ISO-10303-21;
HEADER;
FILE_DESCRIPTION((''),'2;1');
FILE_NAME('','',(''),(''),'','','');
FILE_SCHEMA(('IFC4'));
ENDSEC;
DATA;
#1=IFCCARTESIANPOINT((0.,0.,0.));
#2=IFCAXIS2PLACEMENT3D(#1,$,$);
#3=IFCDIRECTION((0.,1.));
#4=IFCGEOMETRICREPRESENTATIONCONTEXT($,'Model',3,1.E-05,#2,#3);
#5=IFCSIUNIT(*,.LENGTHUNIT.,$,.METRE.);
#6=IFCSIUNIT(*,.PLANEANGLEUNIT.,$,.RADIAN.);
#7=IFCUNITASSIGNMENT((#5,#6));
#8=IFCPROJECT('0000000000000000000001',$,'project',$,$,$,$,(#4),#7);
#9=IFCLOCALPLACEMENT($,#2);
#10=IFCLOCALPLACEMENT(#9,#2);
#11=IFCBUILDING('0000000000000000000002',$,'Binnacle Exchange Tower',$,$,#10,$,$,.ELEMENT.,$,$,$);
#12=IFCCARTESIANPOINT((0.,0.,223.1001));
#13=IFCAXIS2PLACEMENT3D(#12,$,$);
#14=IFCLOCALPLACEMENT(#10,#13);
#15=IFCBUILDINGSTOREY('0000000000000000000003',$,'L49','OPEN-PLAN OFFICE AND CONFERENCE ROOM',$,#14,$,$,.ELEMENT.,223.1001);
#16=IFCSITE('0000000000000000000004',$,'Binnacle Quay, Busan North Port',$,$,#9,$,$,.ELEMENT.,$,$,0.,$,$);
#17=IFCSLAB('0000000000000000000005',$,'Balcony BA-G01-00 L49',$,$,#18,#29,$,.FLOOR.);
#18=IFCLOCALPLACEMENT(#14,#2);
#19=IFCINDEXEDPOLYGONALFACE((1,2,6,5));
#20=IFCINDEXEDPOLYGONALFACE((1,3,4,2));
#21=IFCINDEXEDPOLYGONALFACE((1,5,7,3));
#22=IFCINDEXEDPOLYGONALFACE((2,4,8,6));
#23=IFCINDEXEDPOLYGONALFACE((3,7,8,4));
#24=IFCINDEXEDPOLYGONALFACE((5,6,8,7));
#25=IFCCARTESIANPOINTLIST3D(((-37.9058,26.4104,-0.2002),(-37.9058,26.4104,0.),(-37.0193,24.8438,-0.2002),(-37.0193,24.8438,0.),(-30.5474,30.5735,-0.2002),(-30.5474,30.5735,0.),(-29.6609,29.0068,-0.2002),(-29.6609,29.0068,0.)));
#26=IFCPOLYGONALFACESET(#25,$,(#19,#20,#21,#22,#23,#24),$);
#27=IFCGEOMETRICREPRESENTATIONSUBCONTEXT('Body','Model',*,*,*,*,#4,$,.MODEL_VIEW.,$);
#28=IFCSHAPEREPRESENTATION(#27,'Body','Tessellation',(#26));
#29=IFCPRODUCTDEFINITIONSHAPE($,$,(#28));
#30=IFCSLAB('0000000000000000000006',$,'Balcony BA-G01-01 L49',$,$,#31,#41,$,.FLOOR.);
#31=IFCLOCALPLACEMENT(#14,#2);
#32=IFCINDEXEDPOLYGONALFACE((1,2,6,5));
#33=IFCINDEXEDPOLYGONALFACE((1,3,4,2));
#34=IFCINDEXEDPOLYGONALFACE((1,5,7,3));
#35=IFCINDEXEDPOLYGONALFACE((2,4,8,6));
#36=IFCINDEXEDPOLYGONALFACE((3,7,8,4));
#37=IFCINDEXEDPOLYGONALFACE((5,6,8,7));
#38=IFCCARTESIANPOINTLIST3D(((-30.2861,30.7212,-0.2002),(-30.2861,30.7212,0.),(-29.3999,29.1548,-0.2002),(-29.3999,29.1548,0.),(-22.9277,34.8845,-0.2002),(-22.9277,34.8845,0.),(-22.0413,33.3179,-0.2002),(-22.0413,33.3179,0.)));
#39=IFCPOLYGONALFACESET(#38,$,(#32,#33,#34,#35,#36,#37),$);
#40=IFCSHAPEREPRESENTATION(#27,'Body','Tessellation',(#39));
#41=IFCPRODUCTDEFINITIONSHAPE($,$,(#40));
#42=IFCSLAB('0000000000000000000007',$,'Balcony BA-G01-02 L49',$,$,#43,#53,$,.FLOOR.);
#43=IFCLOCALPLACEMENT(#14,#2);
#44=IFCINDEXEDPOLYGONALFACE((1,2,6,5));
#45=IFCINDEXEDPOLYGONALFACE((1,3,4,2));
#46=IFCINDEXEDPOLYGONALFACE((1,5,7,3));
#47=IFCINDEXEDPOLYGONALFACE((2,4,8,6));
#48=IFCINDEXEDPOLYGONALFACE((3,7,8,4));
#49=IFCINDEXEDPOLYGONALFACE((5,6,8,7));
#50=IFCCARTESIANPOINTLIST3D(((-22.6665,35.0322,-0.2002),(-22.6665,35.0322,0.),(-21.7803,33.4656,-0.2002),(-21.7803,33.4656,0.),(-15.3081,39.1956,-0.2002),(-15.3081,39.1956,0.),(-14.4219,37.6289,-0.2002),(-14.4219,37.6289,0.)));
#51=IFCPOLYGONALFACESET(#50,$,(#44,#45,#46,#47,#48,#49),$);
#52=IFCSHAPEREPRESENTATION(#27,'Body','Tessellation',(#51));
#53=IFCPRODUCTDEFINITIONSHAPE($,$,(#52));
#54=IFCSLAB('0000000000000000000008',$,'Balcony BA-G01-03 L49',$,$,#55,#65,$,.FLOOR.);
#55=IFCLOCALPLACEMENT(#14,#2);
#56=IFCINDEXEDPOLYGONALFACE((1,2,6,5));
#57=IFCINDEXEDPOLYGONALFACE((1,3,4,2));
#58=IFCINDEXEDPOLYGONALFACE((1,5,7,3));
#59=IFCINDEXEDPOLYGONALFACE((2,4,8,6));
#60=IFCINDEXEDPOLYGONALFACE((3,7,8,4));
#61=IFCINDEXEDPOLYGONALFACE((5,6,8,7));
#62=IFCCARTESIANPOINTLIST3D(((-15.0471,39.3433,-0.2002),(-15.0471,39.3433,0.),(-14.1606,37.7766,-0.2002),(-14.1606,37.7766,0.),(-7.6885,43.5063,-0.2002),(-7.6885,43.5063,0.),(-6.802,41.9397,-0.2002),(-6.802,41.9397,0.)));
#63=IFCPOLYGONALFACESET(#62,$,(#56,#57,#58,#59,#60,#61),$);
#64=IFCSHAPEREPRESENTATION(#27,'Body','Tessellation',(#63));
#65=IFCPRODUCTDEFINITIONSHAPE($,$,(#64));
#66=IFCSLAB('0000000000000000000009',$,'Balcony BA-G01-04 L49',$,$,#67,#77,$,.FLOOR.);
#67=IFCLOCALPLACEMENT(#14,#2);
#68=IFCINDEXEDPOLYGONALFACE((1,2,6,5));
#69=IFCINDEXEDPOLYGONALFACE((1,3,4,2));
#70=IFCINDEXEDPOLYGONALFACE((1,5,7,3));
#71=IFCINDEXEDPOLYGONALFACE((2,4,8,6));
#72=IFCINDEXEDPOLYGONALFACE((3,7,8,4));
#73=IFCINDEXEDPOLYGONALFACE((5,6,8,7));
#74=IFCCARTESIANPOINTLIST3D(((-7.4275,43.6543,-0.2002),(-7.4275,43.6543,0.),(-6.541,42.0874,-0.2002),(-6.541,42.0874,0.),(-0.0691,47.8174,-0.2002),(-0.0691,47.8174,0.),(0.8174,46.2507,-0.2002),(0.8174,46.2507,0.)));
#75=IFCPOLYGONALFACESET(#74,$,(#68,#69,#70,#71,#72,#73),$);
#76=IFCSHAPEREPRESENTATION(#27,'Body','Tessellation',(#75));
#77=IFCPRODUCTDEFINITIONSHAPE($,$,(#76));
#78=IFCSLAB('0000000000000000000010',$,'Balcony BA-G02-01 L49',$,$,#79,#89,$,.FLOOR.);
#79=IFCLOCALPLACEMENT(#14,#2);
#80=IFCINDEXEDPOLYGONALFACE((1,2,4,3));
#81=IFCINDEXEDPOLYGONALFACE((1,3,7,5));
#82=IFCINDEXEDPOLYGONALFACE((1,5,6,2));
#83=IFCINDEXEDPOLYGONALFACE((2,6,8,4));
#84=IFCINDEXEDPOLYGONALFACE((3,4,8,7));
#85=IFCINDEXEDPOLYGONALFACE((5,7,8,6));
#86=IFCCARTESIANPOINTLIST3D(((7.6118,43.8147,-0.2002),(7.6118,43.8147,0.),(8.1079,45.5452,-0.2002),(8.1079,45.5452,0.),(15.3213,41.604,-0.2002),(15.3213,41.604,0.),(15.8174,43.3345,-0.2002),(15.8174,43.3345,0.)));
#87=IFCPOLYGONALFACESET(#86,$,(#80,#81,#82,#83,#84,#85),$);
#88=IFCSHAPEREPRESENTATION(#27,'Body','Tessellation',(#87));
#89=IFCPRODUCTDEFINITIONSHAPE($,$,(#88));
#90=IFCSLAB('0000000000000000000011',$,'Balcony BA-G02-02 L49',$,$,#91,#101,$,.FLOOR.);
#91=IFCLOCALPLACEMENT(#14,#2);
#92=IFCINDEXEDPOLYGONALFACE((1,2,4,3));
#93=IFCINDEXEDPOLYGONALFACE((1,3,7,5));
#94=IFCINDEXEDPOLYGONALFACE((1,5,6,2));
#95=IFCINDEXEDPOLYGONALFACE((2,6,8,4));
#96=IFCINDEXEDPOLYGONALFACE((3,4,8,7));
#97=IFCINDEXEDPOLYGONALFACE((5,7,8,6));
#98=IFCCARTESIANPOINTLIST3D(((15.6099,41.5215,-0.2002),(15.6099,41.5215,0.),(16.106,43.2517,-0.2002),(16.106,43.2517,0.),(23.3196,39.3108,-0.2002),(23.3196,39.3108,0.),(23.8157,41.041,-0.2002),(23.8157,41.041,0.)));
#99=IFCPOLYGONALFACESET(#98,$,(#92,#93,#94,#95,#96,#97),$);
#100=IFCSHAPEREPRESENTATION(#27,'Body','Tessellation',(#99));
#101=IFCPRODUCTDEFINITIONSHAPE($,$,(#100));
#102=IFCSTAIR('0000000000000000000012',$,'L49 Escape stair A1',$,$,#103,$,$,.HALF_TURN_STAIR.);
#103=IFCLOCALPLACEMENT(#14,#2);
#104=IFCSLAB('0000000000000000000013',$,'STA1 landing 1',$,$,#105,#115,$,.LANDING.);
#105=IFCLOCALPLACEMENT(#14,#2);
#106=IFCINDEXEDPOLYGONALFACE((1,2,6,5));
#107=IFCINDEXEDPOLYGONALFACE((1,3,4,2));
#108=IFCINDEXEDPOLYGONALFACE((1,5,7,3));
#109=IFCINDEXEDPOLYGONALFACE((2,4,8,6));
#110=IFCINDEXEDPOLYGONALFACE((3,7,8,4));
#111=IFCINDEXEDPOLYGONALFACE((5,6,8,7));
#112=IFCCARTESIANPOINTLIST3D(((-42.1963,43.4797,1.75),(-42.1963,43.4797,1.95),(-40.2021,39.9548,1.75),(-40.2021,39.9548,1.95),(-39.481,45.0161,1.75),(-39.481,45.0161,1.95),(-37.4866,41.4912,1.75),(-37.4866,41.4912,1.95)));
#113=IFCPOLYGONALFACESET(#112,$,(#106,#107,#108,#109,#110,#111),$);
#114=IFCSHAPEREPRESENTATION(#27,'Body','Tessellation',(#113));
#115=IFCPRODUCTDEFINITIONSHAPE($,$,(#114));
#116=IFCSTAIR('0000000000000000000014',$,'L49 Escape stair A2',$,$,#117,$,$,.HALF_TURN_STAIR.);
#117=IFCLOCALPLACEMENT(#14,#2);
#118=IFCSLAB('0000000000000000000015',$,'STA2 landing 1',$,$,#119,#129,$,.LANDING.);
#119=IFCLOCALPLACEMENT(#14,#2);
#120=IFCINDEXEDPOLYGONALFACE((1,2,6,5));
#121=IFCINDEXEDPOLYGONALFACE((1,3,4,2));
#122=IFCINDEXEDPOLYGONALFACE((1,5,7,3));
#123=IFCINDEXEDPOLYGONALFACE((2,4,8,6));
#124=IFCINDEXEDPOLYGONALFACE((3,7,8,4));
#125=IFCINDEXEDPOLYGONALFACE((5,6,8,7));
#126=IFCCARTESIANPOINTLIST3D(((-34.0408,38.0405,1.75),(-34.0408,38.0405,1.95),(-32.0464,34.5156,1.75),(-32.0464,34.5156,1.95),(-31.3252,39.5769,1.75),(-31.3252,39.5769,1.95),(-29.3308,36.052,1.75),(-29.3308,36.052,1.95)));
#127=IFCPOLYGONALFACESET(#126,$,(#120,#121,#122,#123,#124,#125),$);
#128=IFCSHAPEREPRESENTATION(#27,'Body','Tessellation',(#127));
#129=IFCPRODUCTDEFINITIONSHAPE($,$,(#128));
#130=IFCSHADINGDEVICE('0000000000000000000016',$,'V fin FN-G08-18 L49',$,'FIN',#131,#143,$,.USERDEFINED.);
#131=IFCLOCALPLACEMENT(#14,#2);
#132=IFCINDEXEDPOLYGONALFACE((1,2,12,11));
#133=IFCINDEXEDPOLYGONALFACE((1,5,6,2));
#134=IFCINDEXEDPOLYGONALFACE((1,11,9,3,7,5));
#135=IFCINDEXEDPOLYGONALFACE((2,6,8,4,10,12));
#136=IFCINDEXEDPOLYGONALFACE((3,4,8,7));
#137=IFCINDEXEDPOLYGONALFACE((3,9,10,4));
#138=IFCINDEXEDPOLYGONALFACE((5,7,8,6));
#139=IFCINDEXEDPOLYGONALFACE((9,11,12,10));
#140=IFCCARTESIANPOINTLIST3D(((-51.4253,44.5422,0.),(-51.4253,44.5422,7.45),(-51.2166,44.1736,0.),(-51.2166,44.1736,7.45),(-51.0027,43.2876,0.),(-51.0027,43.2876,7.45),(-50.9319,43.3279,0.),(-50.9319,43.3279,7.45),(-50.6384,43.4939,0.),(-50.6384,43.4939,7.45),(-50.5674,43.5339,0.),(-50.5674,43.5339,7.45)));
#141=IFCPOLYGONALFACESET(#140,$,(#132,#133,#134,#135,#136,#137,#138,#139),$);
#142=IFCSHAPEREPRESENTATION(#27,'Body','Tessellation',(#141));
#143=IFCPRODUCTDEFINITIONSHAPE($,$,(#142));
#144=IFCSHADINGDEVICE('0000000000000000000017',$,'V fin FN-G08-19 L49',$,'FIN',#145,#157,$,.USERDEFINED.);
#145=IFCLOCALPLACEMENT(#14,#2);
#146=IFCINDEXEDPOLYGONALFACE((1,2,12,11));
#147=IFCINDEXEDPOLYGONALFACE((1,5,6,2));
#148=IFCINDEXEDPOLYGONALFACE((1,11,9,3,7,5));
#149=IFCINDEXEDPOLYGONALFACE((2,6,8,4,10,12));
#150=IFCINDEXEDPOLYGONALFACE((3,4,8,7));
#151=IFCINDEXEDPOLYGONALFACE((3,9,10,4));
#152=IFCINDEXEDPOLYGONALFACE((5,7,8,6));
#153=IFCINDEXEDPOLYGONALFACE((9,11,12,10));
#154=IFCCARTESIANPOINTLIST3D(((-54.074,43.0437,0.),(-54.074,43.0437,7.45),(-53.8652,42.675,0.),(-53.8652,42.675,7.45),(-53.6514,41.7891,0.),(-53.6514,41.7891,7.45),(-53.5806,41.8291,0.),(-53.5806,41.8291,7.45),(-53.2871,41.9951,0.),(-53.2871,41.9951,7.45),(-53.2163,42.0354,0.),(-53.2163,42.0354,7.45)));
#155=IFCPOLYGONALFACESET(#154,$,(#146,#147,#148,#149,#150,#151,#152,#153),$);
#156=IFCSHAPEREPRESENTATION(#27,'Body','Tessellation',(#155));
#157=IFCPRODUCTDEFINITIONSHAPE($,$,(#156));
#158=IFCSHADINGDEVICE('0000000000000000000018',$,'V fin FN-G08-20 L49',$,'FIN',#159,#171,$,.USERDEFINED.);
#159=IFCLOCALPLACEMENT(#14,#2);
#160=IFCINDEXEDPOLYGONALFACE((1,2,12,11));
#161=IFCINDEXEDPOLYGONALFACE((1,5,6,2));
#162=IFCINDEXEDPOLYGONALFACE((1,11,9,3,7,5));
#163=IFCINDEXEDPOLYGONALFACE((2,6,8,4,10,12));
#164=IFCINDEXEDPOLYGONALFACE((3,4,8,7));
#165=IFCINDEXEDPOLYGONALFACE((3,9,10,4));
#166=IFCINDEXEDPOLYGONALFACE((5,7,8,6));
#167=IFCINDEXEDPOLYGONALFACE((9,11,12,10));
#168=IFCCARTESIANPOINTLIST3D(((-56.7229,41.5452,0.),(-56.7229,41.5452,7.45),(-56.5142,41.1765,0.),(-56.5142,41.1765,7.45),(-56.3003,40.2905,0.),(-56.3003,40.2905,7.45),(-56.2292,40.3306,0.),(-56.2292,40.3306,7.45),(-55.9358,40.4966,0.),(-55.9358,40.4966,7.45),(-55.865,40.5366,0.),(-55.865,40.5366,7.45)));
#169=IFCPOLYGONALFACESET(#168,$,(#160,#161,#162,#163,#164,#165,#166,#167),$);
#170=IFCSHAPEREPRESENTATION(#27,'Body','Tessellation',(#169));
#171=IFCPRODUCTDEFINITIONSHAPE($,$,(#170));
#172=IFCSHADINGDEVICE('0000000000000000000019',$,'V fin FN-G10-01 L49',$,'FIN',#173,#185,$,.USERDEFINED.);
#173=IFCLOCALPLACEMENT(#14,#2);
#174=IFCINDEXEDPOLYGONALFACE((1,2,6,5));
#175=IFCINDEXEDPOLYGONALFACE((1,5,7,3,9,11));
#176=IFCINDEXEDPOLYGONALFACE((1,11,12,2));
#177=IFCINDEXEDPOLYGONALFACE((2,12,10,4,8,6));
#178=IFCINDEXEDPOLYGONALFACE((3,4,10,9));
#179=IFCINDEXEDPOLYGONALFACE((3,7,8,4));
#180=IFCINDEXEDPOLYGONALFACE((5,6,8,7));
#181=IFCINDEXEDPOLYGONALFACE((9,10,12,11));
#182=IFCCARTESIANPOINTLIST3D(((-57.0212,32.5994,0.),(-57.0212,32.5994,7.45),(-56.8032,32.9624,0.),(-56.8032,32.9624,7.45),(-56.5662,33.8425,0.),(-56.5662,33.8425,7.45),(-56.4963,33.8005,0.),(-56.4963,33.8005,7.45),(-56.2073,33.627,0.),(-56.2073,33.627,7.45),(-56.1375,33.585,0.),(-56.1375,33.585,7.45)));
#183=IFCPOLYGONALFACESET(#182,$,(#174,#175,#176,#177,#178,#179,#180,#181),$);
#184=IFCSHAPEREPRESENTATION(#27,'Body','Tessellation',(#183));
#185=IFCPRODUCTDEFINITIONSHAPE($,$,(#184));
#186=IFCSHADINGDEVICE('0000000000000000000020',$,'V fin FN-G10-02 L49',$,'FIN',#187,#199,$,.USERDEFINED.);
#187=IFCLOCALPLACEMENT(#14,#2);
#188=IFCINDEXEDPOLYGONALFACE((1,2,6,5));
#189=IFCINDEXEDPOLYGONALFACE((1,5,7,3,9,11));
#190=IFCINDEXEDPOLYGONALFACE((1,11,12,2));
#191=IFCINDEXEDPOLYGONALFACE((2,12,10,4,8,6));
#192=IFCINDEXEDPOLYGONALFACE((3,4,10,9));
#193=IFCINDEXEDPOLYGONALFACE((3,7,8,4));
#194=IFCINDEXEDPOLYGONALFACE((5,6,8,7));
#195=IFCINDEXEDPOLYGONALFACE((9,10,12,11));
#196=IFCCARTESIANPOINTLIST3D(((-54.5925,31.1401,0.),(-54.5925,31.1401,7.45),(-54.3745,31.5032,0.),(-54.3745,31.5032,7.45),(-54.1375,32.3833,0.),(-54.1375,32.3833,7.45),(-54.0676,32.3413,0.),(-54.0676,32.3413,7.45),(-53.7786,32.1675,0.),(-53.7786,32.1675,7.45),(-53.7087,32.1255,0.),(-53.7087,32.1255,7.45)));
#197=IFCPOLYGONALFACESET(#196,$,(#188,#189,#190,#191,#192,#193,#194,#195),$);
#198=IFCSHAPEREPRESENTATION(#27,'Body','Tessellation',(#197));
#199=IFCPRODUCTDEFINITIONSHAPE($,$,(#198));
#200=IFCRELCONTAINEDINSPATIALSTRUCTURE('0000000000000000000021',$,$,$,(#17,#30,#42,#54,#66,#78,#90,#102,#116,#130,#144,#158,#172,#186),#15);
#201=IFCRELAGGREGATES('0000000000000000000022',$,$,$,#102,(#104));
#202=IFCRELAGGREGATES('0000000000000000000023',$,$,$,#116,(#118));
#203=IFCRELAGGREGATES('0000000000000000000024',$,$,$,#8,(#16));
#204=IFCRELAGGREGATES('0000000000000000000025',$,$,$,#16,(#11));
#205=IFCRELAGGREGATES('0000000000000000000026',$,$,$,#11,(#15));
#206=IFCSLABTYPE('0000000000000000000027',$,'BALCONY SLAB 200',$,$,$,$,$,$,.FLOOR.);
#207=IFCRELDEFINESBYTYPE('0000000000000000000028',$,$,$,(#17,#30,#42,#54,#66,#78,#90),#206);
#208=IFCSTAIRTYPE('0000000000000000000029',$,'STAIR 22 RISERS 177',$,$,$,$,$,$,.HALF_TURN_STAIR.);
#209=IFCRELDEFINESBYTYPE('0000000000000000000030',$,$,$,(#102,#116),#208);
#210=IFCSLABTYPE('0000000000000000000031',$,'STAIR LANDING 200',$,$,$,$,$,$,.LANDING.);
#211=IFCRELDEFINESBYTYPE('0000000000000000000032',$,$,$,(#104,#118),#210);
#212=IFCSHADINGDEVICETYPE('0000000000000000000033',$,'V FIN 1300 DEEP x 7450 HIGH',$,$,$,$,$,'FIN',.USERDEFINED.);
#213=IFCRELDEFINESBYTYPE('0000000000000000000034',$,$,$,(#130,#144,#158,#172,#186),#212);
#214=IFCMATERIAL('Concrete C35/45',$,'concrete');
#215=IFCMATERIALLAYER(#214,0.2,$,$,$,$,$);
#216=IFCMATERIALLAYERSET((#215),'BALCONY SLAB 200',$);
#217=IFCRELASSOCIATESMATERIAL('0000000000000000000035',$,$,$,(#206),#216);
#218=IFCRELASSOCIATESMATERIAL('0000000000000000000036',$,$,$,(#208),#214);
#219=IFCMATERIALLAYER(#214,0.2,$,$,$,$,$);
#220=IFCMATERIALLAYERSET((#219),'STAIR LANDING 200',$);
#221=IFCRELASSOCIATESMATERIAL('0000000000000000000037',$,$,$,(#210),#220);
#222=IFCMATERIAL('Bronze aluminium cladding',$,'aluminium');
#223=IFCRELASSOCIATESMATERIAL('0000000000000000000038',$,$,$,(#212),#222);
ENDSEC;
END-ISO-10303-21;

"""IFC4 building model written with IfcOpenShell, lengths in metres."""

from ifc_helpers import new_model, si_unit, direction, frame, origin, place, context, subcontext, project, spatial, polyline, outline, extrude, material, layer, layer_set, type_object, element, aggregate, save


model = new_model("IFC4")

# Units and contexts
model_context = context("Model", 3, precision=1e-05, world=origin(), true_north=direction((0.0, 1.0)))
body_context = subcontext(model_context, "Body", "Model", "MODEL_VIEW")
ifc_project = project(units=[si_unit("LENGTHUNIT", "METRE"), si_unit("PLANEANGLEUNIT", "RADIAN")], contexts=[model_context])

# Site, building, storey
site_placement = place(None, origin())
site = spatial("IfcSite", under=ifc_project, at=site_placement, Name="Binnacle Quay, Busan North Port", CompositionType="ELEMENT", RefElevation=0.0)
building_placement = place(site_placement, origin())
building = spatial("IfcBuilding", under=site, at=building_placement, Name="Binnacle Exchange Tower", CompositionType="ELEMENT")
storey_placement = place(building_placement, frame((0.0, 0.0, 223.1001)))
storey = spatial("IfcBuildingStorey", under=building, at=storey_placement, Name="L49", Description="OPEN-PLAN OFFICE AND CONFERENCE ROOM", CompositionType="ELEMENT", Elevation=223.1001)

# Slabs
ifc_material_1 = material(Name="Concrete C35/45", Category="concrete")
ifc_layer_1 = layer(ifc_material_1, 0.2)
ifc_layer_set_1 = layer_set([ifc_layer_1], Name="BALCONY SLAB 200")
slab_type_1 = type_object("IfcSlabType", Name="BALCONY SLAB 200", PredefinedType="FLOOR", material=ifc_layer_set_1)
slab_1_placement = place(storey_placement, frame((0.0, 0.0, -0.2002)))
element("IfcSlab", 1, at=slab_1_placement, inside=storey, type_object=slab_type_1, Name="Balcony BA-G01-00 L49", PredefinedType="FLOOR", context=body_context, shape_type="SweptSolid", body=[
    extrude(outline(polyline([(-37.9058, 26.4104), (-30.5474, 30.5735), (-29.6609, 29.0068), (-37.0193, 24.8438), (-37.9058, 26.4104)])), origin(), (0.0, 0.0, 1.0), 0.2002),
])
slab_2_placement = place(storey_placement, frame((0.0, 0.0, -0.2002)))
element("IfcSlab", 2, at=slab_2_placement, inside=storey, type_object=slab_type_1, Name="Balcony BA-G01-01 L49", PredefinedType="FLOOR", context=body_context, shape_type="SweptSolid", body=[
    extrude(outline(polyline([(-30.2861, 30.7212), (-22.9277, 34.8845), (-22.0413, 33.3179), (-29.3999, 29.1548), (-30.2861, 30.7212)])), origin(), (0.0, 0.0, 1.0), 0.2002),
])
slab_3_placement = place(storey_placement, frame((0.0, 0.0, -0.2002)))
element("IfcSlab", 3, at=slab_3_placement, inside=storey, type_object=slab_type_1, Name="Balcony BA-G01-02 L49", PredefinedType="FLOOR", context=body_context, shape_type="SweptSolid", body=[
    extrude(outline(polyline([(-22.6665, 35.0322), (-15.3081, 39.1956), (-14.4219, 37.6289), (-21.7803, 33.4656), (-22.6665, 35.0322)])), origin(), (0.0, 0.0, 1.0), 0.2002),
])
slab_4_placement = place(storey_placement, frame((0.0, 0.0, -0.2002)))
element("IfcSlab", 4, at=slab_4_placement, inside=storey, type_object=slab_type_1, Name="Balcony BA-G01-03 L49", PredefinedType="FLOOR", context=body_context, shape_type="SweptSolid", body=[
    extrude(outline(polyline([(-15.0471, 39.3433), (-7.6885, 43.5063), (-6.802, 41.9397), (-14.1606, 37.7766), (-15.0471, 39.3433)])), origin(), (0.0, 0.0, 1.0), 0.2002),
])
slab_5_placement = place(storey_placement, frame((0.0, 0.0, -0.2002)))
element("IfcSlab", 5, at=slab_5_placement, inside=storey, type_object=slab_type_1, Name="Balcony BA-G01-04 L49", PredefinedType="FLOOR", context=body_context, shape_type="SweptSolid", body=[
    extrude(outline(polyline([(-7.4275, 43.6543), (-0.0691, 47.8174), (0.8174, 46.2507), (-6.541, 42.0874), (-7.4275, 43.6543)])), origin(), (0.0, 0.0, 1.0), 0.2002),
])
slab_6_placement = place(storey_placement, frame((0.0, 0.0, -0.2002)))
element("IfcSlab", 6, at=slab_6_placement, inside=storey, type_object=slab_type_1, Name="Balcony BA-G02-01 L49", PredefinedType="FLOOR", context=body_context, shape_type="SweptSolid", body=[
    extrude(outline(polyline([(8.1079, 45.5452), (15.8174, 43.3345), (15.3213, 41.604), (7.6118, 43.8147), (8.1079, 45.5452)])), origin(), (0.0, 0.0, 1.0), 0.2002),
])
slab_7_placement = place(storey_placement, frame((0.0, 0.0, -0.2002)))
element("IfcSlab", 7, at=slab_7_placement, inside=storey, type_object=slab_type_1, Name="Balcony BA-G02-02 L49", PredefinedType="FLOOR", context=body_context, shape_type="SweptSolid", body=[
    extrude(outline(polyline([(16.106, 43.2517), (23.8157, 41.041), (23.3196, 39.3108), (15.6099, 41.5215), (16.106, 43.2517)])), origin(), (0.0, 0.0, 1.0), 0.2002),
])

# Stairs, slabs
stair_type = type_object("IfcStairType", Name="STAIR 22 RISERS 177", PredefinedType="HALF_TURN_STAIR", material=ifc_material_1)
stair_1_placement = place(storey_placement, origin())
stair_1 = element("IfcStair", 8, at=stair_1_placement, inside=storey, type_object=stair_type, Name="L49 Escape stair A1", PredefinedType="HALF_TURN_STAIR")
ifc_layer_2 = layer(ifc_material_1, 0.2)
ifc_layer_set_2 = layer_set([ifc_layer_2], Name="STAIR LANDING 200")
slab_type_2 = type_object("IfcSlabType", Name="STAIR LANDING 200", PredefinedType="LANDING", material=ifc_layer_set_2)
slab_8_placement = place(storey_placement, frame((0.0, 0.0, 1.75)))
slab_8 = element("IfcSlab", 9, at=slab_8_placement, type_object=slab_type_2, Name="STA1 landing 1", PredefinedType="LANDING", context=body_context, shape_type="SweptSolid", body=[
    extrude(outline(polyline([(-40.2021, 39.9548), (-37.4866, 41.4912), (-39.481, 45.0161), (-42.1963, 43.4797), (-40.2021, 39.9548)])), origin(), (0.0, 0.0, 1.0), 0.2),
])
aggregate(stair_1, [slab_8])
stair_2_placement = place(storey_placement, origin())
stair_2 = element("IfcStair", 10, at=stair_2_placement, inside=storey, type_object=stair_type, Name="L49 Escape stair A2", PredefinedType="HALF_TURN_STAIR")
slab_9_placement = place(storey_placement, frame((0.0, 0.0, 1.75)))
slab_9 = element("IfcSlab", 11, at=slab_9_placement, type_object=slab_type_2, Name="STA2 landing 1", PredefinedType="LANDING", context=body_context, shape_type="SweptSolid", body=[
    extrude(outline(polyline([(-31.3252, 39.5769), (-34.0408, 38.0405), (-32.0464, 34.5156), (-29.3308, 36.052), (-31.3252, 39.5769)])), origin(), (0.0, 0.0, 1.0), 0.2),
])
aggregate(stair_2, [slab_9])

# Shading devices
ifc_material_2 = material(Name="Bronze aluminium cladding", Category="aluminium")
shading_device_type = type_object("IfcShadingDeviceType", Name="V FIN 1300 DEEP x 7450 HIGH", ElementType="FIN", PredefinedType="USERDEFINED", material=ifc_material_2)
shading_device_1_placement = place(storey_placement, origin())
element("IfcShadingDevice", 12, at=shading_device_1_placement, inside=storey, type_object=shading_device_type, Name="V fin FN-G08-18 L49", ObjectType="FIN", PredefinedType="USERDEFINED", context=body_context, shape_type="SweptSolid", body=[
    extrude(outline(polyline([(-50.5674, 43.5339), (-51.4253, 44.5422), (-51.0027, 43.2876), (-50.9319, 43.3279), (-51.2166, 44.1736), (-50.6384, 43.4939), (-50.5674, 43.5339)])), origin(), (0.0, 0.0, 1.0), 7.45),
])
shading_device_2_placement = place(storey_placement, origin())
element("IfcShadingDevice", 13, at=shading_device_2_placement, inside=storey, type_object=shading_device_type, Name="V fin FN-G08-19 L49", ObjectType="FIN", PredefinedType="USERDEFINED", context=body_context, shape_type="SweptSolid", body=[
    extrude(outline(polyline([(-53.2163, 42.0354), (-54.074, 43.0437), (-53.6514, 41.7891), (-53.5806, 41.8291), (-53.8652, 42.675), (-53.2871, 41.9951), (-53.2163, 42.0354)])), origin(), (0.0, 0.0, 1.0), 7.45),
])
shading_device_3_placement = place(storey_placement, origin())
element("IfcShadingDevice", 14, at=shading_device_3_placement, inside=storey, type_object=shading_device_type, Name="V fin FN-G08-20 L49", ObjectType="FIN", PredefinedType="USERDEFINED", context=body_context, shape_type="SweptSolid", body=[
    extrude(outline(polyline([(-55.865, 40.5366), (-56.7229, 41.5452), (-56.3003, 40.2905), (-56.2292, 40.3306), (-56.5142, 41.1765), (-55.9358, 40.4966), (-55.865, 40.5366)])), origin(), (0.0, 0.0, 1.0), 7.45),
])
shading_device_4_placement = place(storey_placement, origin())
element("IfcShadingDevice", 15, at=shading_device_4_placement, inside=storey, type_object=shading_device_type, Name="V fin FN-G10-01 L49", ObjectType="FIN", PredefinedType="USERDEFINED", context=body_context, shape_type="SweptSolid", body=[
    extrude(outline(polyline([(-56.5662, 33.8425), (-57.0212, 32.5994), (-56.1375, 33.585), (-56.2073, 33.627), (-56.8032, 32.9624), (-56.4963, 33.8005), (-56.5662, 33.8425)])), origin(), (0.0, 0.0, 1.0), 7.45),
])
shading_device_5_placement = place(storey_placement, origin())
element("IfcShadingDevice", 16, at=shading_device_5_placement, inside=storey, type_object=shading_device_type, Name="V fin FN-G10-02 L49", ObjectType="FIN", PredefinedType="USERDEFINED", context=body_context, shape_type="SweptSolid", body=[
    extrude(outline(polyline([(-54.1375, 32.3833), (-54.5925, 31.1401), (-53.7087, 32.1255), (-53.7786, 32.1675), (-54.3745, 31.5032), (-54.0676, 32.3413), (-54.1375, 32.3833)])), origin(), (0.0, 0.0, 1.0), 7.45),
])

save(model, "model.ifc")
